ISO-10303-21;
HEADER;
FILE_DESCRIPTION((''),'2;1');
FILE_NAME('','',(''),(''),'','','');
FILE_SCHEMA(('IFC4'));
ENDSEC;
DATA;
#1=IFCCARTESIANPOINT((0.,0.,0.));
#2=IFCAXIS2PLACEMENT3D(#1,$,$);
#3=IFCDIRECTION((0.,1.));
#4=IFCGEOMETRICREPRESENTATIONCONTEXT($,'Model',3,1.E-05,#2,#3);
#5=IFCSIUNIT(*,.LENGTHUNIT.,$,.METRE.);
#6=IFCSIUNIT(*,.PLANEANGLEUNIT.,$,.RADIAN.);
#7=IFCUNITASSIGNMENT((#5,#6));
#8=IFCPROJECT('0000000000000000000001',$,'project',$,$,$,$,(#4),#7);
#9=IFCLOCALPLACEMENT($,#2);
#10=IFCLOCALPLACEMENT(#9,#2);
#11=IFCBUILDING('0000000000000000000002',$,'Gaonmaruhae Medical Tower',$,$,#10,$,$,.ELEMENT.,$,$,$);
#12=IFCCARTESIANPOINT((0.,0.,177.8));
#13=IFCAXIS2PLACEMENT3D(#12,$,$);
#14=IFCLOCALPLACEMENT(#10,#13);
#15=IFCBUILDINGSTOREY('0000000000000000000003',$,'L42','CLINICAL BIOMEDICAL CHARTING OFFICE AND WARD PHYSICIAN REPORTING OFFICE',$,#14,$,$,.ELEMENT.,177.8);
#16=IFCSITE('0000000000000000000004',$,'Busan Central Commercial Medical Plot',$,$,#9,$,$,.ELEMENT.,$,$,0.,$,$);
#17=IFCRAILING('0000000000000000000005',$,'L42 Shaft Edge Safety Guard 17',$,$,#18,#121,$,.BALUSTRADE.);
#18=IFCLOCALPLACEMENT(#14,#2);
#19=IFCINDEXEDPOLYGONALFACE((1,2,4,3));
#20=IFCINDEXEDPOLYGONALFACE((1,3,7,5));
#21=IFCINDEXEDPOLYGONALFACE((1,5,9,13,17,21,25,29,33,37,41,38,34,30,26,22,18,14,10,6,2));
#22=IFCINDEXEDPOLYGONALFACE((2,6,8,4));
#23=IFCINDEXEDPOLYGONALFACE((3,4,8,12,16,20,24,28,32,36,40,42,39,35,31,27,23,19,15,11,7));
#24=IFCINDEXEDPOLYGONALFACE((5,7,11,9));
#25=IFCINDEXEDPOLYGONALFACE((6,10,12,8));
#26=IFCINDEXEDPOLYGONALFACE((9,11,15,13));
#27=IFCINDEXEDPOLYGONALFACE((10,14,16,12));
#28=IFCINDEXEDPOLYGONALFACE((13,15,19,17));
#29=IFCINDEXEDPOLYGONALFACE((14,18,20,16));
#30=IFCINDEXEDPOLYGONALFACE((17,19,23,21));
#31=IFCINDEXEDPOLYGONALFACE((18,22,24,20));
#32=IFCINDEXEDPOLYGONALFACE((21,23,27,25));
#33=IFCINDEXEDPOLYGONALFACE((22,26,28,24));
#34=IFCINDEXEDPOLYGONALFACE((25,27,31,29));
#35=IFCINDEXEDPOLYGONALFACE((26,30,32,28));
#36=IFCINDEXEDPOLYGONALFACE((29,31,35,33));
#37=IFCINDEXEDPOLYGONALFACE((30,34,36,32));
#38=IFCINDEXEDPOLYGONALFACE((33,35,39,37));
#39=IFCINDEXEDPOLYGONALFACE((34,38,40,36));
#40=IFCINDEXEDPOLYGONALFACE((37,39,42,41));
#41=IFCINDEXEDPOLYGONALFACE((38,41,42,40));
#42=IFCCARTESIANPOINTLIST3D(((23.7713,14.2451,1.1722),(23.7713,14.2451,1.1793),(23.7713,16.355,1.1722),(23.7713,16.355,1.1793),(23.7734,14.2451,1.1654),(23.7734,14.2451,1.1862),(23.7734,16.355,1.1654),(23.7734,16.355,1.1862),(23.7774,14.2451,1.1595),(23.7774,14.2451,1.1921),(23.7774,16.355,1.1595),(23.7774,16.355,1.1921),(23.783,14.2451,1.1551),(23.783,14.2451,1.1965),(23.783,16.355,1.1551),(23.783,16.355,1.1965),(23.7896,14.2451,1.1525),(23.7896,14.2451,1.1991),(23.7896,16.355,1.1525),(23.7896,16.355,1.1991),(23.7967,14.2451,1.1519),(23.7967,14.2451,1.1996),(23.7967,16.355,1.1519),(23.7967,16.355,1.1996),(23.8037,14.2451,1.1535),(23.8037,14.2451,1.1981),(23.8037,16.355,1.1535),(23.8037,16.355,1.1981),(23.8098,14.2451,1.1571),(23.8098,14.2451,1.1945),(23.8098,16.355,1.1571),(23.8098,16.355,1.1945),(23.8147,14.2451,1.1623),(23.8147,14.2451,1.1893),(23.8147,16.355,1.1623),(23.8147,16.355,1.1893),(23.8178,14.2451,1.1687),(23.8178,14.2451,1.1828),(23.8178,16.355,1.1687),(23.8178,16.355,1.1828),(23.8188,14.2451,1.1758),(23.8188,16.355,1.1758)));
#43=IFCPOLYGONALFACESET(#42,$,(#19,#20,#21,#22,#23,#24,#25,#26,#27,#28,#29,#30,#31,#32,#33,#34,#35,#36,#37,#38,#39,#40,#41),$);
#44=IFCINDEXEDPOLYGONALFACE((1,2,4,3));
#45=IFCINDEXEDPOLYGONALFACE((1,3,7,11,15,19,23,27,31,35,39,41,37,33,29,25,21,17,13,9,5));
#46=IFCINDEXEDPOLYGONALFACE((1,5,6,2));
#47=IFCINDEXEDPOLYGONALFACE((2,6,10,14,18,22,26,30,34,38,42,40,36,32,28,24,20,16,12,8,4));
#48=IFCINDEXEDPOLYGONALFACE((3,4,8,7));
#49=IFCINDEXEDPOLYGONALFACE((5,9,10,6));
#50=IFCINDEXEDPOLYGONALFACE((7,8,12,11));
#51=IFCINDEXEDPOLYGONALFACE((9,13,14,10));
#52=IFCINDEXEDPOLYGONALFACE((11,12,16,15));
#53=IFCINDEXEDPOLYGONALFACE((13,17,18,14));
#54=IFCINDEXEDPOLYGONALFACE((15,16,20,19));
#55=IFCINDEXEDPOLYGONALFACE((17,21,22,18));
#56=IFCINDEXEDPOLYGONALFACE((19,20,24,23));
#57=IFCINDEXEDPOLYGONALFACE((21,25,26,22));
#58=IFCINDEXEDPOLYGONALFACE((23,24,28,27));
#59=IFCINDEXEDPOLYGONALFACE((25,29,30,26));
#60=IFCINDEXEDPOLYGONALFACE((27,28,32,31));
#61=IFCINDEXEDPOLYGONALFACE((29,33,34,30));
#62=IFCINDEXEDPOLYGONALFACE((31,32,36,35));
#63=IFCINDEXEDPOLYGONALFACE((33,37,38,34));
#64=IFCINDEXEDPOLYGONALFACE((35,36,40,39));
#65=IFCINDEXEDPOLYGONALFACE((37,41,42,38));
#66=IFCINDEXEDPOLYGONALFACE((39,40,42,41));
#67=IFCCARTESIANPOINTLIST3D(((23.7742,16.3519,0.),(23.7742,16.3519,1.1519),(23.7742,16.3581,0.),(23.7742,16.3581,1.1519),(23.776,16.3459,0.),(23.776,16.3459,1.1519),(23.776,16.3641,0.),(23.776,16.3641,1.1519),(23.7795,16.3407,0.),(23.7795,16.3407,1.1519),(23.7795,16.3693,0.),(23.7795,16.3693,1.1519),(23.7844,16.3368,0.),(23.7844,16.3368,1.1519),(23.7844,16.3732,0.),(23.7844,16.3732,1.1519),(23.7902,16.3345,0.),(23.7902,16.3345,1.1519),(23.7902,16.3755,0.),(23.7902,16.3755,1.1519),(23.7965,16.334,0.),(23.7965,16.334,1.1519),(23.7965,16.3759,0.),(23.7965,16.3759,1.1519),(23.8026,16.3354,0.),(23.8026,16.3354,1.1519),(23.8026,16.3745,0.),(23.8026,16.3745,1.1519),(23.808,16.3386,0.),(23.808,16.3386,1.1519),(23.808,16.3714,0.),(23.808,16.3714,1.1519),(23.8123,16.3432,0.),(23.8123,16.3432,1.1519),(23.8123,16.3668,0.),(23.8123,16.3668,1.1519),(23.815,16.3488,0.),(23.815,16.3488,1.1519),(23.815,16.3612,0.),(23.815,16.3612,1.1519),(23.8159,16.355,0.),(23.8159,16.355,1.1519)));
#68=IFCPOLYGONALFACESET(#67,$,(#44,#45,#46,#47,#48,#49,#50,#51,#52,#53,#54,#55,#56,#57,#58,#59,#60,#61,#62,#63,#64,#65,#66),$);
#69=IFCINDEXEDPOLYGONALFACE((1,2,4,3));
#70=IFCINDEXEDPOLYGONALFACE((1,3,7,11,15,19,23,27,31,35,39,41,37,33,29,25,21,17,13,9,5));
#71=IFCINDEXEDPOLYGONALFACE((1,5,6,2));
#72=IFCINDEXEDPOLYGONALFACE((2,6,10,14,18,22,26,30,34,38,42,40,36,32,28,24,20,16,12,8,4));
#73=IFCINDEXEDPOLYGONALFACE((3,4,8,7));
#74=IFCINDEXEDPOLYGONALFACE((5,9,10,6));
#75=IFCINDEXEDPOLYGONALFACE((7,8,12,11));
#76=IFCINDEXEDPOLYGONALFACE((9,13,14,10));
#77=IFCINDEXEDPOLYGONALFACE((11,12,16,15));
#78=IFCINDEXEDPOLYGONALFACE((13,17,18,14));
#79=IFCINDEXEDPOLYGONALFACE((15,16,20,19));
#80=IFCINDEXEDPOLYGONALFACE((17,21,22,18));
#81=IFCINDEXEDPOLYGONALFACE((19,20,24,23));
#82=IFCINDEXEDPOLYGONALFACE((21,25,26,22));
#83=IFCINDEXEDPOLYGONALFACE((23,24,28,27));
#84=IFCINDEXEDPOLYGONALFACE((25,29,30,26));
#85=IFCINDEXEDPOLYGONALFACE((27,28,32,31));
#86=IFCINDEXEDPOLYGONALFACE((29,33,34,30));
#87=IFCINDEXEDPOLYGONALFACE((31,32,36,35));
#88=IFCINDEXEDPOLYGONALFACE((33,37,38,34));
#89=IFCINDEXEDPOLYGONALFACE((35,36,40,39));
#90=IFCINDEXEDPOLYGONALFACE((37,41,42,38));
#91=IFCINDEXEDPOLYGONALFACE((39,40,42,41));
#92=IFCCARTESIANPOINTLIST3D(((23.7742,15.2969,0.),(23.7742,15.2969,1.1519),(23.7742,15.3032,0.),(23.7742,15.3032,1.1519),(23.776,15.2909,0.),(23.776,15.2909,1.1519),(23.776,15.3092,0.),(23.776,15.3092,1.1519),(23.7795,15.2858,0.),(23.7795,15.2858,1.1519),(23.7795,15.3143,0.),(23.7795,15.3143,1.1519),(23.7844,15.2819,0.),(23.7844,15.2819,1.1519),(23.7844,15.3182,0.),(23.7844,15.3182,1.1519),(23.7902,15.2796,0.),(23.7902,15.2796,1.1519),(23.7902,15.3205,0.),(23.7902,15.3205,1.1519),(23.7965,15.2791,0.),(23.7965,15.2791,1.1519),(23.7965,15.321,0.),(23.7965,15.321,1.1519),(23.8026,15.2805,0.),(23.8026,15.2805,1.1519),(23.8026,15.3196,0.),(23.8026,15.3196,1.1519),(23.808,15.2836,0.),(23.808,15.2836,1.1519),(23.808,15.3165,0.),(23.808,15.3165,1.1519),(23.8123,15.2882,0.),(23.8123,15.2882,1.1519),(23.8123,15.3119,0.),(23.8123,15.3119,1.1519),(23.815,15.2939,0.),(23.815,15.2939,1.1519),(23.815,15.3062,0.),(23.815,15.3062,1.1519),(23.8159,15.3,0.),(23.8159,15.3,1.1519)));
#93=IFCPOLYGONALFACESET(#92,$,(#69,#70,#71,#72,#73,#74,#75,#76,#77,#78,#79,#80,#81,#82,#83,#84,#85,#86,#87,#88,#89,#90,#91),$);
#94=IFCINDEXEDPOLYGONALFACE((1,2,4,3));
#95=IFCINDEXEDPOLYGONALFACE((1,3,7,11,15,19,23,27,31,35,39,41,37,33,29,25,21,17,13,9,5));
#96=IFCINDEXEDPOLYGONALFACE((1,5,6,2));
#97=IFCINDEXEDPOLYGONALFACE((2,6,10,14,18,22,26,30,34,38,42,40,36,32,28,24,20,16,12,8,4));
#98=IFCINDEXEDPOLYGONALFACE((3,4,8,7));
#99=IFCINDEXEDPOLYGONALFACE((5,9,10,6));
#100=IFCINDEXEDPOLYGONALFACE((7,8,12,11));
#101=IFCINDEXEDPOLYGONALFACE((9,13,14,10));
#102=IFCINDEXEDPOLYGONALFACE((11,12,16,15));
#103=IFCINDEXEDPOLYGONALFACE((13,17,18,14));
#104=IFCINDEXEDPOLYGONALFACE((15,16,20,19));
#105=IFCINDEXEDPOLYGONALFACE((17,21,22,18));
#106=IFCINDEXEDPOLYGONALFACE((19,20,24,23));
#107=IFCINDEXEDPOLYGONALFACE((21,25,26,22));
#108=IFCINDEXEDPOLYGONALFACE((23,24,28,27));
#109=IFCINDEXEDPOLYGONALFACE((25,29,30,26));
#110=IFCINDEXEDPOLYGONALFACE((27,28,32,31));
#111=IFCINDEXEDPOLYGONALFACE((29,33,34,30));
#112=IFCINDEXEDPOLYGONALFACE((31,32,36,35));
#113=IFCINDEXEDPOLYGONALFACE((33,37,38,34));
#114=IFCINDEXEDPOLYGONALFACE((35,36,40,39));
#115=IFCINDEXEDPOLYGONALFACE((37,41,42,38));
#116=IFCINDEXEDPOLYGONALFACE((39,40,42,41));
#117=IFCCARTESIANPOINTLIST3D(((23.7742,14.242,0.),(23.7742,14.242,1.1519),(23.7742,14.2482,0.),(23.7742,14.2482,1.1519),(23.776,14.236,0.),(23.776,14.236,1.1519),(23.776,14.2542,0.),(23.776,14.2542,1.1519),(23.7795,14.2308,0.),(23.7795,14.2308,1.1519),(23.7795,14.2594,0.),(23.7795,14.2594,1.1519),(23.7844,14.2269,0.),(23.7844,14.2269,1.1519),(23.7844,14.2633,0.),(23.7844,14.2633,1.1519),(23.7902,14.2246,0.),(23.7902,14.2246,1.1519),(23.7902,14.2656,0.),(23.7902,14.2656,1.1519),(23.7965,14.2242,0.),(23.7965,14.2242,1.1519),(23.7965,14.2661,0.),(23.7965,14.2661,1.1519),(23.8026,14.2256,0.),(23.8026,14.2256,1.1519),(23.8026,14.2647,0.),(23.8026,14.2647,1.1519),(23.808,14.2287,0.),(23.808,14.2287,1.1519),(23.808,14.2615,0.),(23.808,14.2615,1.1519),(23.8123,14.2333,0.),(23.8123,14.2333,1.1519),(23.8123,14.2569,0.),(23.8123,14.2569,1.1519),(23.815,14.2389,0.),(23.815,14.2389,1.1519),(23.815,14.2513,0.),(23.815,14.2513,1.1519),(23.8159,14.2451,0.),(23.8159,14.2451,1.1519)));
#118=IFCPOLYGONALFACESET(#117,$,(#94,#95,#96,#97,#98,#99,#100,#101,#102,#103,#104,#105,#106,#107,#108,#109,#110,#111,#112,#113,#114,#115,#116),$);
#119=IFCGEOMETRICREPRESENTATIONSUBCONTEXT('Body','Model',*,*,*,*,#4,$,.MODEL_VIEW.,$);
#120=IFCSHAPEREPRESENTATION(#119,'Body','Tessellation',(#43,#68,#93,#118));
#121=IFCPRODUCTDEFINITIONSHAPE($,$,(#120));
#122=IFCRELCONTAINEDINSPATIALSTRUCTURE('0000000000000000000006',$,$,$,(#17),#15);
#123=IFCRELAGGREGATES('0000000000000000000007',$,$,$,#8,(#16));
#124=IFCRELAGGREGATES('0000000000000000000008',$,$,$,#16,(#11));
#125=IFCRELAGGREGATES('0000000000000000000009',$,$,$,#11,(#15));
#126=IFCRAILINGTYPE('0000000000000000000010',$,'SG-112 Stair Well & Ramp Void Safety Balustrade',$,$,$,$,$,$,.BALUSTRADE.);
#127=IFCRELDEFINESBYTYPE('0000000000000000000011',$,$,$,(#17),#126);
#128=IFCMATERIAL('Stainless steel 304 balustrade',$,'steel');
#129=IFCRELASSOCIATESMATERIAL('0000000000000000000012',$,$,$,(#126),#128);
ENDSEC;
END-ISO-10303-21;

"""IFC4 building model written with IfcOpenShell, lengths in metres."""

from ifc_helpers import new_model, si_unit, direction, frame, origin, origin_2d, place, context, subcontext, project, spatial, circle, extrude, material, type_object, element, save


model = new_model("IFC4")

# Units and contexts
model_context = context("Model", 3, precision=1e-05, world=origin(), true_north=direction((0.0, 1.0)))
body_context = subcontext(model_context, "Body", "Model", "MODEL_VIEW")
ifc_project = project(units=[si_unit("LENGTHUNIT", "METRE"), si_unit("PLANEANGLEUNIT", "RADIAN")], contexts=[model_context])

# Site, building, storey
site_placement = place(None, origin())
site = spatial("IfcSite", under=ifc_project, at=site_placement, Name="Busan Central Commercial Medical Plot", CompositionType="ELEMENT", RefElevation=0.0)
building_placement = place(site_placement, origin())
building = spatial("IfcBuilding", under=site, at=building_placement, Name="Gaonmaruhae Medical Tower", CompositionType="ELEMENT")
storey_placement = place(building_placement, frame((0.0, 0.0, 177.8)))
storey = spatial("IfcBuildingStorey", under=building, at=storey_placement, Name="L42", Description="CLINICAL BIOMEDICAL CHARTING OFFICE AND WARD PHYSICIAN REPORTING OFFICE", CompositionType="ELEMENT", Elevation=177.8)

# Railing
ifc_material_1 = material(Name="Stainless steel 304 balustrade", Category="steel")
railing_type = type_object("IfcRailingType", Name="SG-112 Stair Well & Ramp Void Safety Balustrade", PredefinedType="BALUSTRADE", material=ifc_material_1)
railing_1_placement = place(storey_placement, frame((23.7949, 16.355, 0.0)))
element("IfcRailing", 1, at=railing_1_placement, inside=storey, type_object=railing_type, Name="L42 Shaft Edge Safety Guard 17", PredefinedType="BALUSTRADE", context=body_context, shape_type="SweptSolid", body=[
    extrude(circle(Radius=0.0239, at=origin_2d()), frame((0.0, 0.0, 1.1758), z_axis=(0.0, -1.0, 0.0), x_axis=(1.0, 0.0, 0.0)), (0.0, 0.0, 1.0), 2.1099),
    extrude(circle(Radius=0.021, at=origin_2d()), origin(), (0.0, 0.0, 1.0), 1.1519),
    extrude(circle(Radius=0.021, at=origin_2d()), frame((0.0, -1.0549, 0.0)), (0.0, 0.0, 1.0), 1.1519),
    extrude(circle(Radius=0.021, at=origin_2d()), frame((0.0, -2.1099, 0.0)), (0.0, 0.0, 1.0), 1.1519),
])

save(model, "model.ifc")
